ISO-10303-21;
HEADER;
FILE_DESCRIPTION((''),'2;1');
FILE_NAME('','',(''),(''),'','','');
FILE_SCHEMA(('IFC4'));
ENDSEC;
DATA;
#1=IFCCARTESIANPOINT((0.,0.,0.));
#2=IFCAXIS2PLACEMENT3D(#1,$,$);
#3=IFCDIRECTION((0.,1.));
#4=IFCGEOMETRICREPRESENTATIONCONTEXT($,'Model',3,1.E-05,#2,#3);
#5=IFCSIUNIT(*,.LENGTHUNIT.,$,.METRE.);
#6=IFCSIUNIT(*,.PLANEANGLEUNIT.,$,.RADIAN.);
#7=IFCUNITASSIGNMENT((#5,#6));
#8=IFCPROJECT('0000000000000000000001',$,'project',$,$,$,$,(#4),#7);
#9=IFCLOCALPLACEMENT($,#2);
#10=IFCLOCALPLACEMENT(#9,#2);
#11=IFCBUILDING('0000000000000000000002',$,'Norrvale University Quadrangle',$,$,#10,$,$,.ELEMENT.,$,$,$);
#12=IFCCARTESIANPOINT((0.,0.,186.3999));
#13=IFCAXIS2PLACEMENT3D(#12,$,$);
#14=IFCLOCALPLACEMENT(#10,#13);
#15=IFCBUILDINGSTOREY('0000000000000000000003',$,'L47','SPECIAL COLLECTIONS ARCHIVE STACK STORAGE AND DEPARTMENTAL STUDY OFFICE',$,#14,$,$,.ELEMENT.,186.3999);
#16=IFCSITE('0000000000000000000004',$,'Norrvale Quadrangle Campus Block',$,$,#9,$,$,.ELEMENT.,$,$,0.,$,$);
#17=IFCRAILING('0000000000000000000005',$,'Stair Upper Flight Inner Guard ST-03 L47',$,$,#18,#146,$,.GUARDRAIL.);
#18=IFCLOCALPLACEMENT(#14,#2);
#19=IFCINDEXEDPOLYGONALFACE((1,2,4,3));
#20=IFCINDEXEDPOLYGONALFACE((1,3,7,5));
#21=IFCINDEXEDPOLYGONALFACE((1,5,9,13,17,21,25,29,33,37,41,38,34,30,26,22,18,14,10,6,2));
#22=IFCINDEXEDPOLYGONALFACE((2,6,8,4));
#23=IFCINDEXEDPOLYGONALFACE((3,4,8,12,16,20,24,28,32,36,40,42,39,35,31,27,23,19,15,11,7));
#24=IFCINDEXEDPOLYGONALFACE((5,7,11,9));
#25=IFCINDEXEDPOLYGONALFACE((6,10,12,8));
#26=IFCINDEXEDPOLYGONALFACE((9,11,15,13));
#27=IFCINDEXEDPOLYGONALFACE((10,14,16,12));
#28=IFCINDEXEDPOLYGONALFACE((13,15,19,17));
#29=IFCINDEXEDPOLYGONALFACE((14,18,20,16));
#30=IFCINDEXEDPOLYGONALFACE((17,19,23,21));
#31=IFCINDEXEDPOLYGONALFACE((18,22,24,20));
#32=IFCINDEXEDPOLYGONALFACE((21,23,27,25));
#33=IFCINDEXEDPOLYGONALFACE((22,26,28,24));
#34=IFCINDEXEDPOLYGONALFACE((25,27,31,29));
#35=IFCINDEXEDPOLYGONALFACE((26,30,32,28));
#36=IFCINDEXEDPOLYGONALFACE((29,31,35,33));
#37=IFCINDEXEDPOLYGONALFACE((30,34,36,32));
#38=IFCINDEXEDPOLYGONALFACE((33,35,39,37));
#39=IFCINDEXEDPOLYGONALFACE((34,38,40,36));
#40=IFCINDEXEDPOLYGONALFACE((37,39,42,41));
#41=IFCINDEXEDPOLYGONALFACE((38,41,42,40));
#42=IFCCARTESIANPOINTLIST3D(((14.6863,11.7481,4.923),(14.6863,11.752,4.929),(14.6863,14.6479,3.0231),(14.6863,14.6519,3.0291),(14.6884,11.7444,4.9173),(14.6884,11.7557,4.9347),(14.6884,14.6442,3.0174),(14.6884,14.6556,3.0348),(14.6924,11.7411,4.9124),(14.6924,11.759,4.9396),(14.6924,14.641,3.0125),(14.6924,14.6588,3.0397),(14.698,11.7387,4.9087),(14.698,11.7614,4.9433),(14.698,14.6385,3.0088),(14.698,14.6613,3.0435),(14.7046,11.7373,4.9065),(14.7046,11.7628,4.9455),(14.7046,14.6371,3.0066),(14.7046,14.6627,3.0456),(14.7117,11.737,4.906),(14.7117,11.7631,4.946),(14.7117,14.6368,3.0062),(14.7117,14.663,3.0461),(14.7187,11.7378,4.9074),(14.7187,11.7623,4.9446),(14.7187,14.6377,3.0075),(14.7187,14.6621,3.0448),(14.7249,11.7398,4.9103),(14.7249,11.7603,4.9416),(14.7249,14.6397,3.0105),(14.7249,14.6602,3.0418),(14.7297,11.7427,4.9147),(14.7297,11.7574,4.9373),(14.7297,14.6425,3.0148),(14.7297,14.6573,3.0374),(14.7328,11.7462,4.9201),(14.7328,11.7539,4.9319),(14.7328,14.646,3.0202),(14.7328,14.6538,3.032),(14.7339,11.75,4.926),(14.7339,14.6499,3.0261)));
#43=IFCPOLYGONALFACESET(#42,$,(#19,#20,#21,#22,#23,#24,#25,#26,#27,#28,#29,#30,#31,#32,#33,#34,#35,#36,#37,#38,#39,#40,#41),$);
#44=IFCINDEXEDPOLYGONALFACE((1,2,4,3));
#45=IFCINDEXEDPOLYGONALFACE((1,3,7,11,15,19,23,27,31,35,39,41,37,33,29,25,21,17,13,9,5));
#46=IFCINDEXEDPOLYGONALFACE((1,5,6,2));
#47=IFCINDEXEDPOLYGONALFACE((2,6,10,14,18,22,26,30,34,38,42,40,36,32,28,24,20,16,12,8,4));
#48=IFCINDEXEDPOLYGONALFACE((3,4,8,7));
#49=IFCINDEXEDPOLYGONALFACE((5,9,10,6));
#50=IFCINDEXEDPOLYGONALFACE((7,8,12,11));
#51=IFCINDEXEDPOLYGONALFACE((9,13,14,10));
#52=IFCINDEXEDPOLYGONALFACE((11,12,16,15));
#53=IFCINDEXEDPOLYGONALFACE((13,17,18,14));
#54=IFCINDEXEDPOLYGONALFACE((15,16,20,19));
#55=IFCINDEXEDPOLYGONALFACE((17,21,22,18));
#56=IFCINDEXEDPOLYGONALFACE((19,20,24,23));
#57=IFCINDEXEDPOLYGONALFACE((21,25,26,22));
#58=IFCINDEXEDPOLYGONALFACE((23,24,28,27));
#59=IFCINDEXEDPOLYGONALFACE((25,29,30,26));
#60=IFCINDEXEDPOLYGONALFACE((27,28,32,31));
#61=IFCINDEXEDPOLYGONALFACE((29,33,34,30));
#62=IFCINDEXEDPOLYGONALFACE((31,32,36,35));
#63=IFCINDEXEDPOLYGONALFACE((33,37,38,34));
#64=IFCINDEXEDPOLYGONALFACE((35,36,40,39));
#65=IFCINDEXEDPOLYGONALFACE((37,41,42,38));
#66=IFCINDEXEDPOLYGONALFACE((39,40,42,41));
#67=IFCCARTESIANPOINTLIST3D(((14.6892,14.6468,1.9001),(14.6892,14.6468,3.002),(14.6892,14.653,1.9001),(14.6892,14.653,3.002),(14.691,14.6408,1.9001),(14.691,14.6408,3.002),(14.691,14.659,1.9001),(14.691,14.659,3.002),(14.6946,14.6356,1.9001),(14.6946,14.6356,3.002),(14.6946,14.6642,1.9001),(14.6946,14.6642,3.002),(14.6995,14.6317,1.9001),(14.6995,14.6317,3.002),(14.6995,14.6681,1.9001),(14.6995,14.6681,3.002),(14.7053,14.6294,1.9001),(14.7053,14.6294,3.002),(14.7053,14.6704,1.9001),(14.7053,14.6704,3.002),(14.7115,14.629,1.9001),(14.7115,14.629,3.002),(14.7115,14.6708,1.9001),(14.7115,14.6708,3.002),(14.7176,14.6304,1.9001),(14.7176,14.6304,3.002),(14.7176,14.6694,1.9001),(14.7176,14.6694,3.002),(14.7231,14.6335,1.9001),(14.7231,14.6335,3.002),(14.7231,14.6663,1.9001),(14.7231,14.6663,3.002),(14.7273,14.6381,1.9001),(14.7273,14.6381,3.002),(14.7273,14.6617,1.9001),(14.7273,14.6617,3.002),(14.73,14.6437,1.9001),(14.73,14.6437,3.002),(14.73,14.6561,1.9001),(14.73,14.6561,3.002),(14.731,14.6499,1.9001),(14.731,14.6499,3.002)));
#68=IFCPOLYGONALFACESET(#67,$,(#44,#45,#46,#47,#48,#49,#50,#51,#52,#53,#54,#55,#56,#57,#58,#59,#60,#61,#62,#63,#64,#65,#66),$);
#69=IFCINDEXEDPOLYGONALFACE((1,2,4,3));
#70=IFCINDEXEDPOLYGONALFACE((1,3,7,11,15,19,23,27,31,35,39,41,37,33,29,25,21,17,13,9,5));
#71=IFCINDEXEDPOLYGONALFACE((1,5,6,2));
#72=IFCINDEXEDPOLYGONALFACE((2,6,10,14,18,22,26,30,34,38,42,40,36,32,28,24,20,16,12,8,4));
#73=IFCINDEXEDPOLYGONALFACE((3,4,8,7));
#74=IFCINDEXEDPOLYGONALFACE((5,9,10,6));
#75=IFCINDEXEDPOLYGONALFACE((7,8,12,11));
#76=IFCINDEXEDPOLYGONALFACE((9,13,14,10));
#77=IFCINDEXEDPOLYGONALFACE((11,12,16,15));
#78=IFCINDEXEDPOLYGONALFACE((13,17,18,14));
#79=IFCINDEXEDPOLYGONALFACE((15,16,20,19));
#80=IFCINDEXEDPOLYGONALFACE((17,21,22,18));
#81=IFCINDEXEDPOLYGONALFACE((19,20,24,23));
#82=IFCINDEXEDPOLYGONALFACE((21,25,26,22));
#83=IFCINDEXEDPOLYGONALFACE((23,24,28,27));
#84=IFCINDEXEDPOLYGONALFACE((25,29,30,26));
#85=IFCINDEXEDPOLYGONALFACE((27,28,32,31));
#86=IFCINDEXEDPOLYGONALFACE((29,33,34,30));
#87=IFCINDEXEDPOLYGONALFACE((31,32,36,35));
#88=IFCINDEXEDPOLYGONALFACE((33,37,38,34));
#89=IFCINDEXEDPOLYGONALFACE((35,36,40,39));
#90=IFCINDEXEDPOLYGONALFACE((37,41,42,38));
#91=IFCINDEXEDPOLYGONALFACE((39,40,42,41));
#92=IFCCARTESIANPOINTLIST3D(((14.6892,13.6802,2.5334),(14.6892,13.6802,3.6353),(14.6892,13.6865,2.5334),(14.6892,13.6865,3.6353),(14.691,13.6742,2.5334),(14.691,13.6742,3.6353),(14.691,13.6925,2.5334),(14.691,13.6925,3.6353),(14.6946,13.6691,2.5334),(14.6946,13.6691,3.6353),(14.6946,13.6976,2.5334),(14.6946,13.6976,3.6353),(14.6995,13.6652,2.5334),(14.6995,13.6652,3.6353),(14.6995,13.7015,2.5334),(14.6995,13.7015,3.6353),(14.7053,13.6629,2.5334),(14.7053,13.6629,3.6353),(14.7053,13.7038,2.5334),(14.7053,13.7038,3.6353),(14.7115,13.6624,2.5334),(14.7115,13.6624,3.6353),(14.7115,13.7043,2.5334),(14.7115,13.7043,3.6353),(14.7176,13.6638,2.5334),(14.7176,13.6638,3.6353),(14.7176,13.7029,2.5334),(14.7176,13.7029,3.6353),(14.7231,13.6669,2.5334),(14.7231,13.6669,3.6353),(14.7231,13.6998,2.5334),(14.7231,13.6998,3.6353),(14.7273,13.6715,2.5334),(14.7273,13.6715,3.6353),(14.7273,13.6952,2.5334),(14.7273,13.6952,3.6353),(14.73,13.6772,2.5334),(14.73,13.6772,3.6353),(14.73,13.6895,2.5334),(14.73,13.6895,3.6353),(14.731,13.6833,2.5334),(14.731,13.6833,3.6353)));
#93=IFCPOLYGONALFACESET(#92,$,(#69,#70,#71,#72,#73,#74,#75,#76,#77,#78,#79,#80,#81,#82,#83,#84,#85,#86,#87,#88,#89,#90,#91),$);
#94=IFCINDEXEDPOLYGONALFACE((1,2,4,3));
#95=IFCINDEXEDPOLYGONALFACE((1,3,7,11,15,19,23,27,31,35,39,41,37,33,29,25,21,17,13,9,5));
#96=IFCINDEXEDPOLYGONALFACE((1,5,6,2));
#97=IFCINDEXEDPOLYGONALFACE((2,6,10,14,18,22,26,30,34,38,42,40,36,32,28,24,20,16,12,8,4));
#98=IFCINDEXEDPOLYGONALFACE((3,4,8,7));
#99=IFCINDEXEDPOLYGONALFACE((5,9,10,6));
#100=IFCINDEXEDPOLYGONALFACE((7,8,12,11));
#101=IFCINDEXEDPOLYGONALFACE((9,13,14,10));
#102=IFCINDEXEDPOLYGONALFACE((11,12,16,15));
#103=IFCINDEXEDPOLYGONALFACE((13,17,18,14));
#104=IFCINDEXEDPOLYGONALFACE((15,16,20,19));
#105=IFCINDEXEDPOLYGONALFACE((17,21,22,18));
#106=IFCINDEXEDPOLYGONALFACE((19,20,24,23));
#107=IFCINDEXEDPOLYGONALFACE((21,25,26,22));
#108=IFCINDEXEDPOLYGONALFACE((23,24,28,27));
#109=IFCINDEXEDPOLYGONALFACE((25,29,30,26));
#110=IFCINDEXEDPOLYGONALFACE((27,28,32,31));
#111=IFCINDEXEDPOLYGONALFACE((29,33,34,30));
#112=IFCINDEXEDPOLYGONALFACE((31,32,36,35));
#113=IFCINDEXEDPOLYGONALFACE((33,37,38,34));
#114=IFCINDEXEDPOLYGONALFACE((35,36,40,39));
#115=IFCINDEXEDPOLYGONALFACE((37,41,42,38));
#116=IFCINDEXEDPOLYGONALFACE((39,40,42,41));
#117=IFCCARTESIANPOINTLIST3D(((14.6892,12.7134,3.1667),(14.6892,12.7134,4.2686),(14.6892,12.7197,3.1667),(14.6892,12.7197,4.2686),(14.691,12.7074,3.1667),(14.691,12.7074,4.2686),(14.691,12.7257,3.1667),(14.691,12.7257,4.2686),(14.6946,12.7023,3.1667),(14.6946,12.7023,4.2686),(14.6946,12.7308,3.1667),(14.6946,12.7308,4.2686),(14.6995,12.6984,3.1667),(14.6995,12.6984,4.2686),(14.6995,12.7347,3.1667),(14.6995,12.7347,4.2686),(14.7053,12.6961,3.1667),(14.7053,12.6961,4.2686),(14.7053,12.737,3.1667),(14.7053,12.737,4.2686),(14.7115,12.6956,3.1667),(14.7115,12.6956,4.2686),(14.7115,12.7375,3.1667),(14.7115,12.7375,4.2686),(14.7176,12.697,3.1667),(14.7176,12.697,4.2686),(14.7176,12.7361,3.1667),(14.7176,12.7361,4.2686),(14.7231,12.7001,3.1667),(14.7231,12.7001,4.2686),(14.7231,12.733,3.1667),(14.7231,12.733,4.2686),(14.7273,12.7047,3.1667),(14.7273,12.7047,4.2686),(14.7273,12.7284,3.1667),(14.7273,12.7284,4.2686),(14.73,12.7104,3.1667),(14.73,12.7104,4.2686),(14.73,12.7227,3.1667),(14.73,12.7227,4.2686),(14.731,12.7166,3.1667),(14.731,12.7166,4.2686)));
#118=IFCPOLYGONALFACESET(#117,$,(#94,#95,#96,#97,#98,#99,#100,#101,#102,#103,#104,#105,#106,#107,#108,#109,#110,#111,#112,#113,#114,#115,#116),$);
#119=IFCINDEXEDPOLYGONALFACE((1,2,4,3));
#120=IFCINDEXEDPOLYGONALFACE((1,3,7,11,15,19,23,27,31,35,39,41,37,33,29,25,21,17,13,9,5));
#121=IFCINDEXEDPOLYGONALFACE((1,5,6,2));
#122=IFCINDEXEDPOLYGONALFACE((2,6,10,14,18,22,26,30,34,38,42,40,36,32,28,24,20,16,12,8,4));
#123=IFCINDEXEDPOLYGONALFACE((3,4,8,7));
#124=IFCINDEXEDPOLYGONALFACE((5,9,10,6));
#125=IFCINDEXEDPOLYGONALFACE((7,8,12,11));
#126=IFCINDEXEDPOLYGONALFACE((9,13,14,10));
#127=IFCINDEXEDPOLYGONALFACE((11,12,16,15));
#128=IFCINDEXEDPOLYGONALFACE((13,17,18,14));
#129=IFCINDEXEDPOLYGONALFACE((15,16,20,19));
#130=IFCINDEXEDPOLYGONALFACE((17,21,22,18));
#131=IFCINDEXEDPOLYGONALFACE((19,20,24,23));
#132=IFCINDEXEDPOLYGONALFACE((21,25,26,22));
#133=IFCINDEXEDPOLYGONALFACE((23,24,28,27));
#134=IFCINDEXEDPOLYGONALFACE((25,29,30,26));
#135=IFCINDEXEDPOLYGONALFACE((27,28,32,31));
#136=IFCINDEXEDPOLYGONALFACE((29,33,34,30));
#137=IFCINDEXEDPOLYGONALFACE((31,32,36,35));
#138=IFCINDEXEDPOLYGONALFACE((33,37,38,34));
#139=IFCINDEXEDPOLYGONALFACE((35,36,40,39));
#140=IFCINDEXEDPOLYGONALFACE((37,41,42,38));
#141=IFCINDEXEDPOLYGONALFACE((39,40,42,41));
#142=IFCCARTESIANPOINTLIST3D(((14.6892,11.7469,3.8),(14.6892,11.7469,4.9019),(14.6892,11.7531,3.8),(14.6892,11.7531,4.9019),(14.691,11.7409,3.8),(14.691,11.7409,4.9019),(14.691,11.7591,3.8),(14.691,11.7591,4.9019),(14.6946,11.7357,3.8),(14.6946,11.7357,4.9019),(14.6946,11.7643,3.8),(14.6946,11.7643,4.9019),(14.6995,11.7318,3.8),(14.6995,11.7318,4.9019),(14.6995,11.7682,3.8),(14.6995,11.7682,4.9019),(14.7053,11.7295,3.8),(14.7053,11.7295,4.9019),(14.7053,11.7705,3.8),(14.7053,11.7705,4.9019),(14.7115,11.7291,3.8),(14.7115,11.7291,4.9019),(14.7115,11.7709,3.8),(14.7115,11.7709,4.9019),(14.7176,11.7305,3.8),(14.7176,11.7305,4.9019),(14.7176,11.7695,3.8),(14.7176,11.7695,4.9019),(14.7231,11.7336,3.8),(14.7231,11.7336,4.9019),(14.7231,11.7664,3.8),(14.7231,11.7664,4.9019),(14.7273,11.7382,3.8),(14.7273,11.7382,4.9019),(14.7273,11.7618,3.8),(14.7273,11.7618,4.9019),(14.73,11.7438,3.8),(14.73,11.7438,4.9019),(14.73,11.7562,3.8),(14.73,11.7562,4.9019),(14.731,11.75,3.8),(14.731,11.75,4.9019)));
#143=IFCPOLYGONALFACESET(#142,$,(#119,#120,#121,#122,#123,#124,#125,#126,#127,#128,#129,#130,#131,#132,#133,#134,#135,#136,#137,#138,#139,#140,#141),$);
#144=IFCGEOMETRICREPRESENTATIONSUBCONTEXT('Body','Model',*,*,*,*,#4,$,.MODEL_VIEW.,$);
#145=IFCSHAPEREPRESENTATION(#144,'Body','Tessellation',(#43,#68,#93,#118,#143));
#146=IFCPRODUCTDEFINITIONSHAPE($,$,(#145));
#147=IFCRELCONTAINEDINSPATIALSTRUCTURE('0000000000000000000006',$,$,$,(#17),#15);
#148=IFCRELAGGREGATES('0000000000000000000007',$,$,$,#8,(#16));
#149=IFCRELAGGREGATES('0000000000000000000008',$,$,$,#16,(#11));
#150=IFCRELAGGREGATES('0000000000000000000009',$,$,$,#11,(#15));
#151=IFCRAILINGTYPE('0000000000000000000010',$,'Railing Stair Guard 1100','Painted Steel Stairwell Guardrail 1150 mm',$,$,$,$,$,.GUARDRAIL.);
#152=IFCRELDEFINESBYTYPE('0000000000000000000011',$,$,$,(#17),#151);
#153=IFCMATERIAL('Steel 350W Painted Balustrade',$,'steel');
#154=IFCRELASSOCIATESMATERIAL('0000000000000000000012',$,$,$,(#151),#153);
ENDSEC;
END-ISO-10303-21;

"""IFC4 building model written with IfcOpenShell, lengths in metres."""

from ifc_helpers import new_model, si_unit, direction, frame, origin, origin_2d, place, context, subcontext, project, spatial, circle, extrude, material, type_object, element, save


model = new_model("IFC4")

# Units and contexts
model_context = context("Model", 3, precision=1e-05, world=origin(), true_north=direction((0.0, 1.0)))
body_context = subcontext(model_context, "Body", "Model", "MODEL_VIEW")
ifc_project = project(units=[si_unit("LENGTHUNIT", "METRE"), si_unit("PLANEANGLEUNIT", "RADIAN")], contexts=[model_context])

# Site, building, storey
site_placement = place(None, origin())
site = spatial("IfcSite", under=ifc_project, at=site_placement, Name="Norrvale Quadrangle Campus Block", CompositionType="ELEMENT", RefElevation=0.0)
building_placement = place(site_placement, origin())
building = spatial("IfcBuilding", under=site, at=building_placement, Name="Norrvale University Quadrangle", CompositionType="ELEMENT")
storey_placement = place(building_placement, frame((0.0, 0.0, 186.3999)))
storey = spatial("IfcBuildingStorey", under=building, at=storey_placement, Name="L47", Description="SPECIAL COLLECTIONS ARCHIVE STACK STORAGE AND DEPARTMENTAL STUDY OFFICE", CompositionType="ELEMENT", Elevation=186.3999)

# Railing
ifc_material_1 = material(Name="Steel 350W Painted Balustrade", Category="steel")
railing_type_1 = type_object("IfcRailingType", Name="Railing Stair Guard 1100", Description="Painted Steel Stairwell Guardrail 1150 mm", PredefinedType="GUARDRAIL", material=ifc_material_1)
railing_1_placement = place(storey_placement, frame((14.71, 14.6499, 1.9001)))
element("IfcRailing", 1, at=railing_1_placement, inside=storey, type_object=railing_type_1, Name="Stair Upper Flight Inner Guard ST-03 L47", PredefinedType="GUARDRAIL", context=body_context, shape_type="SweptSolid", body=[
    extrude(circle(Radius=0.0239, at=origin_2d()), frame((0.0, 0.0, 1.126), z_axis=(0.0, -0.836466, 0.548019), x_axis=(1.0, 0.0, 0.0)), (0.0, 0.0, 1.0), 3.4668),
    extrude(circle(Radius=0.021, at=origin_2d()), origin(), (0.0, 0.0, 1.0), 1.1018),
    extrude(circle(Radius=0.021, at=origin_2d()), frame((0.0, -0.9666, 0.6333)), (0.0, 0.0, 1.0), 1.1018),
    extrude(circle(Radius=0.021, at=origin_2d()), frame((0.0, -1.9333, 1.2666)), (0.0, 0.0, 1.0), 1.1018),
    extrude(circle(Radius=0.021, at=origin_2d()), frame((0.0, -2.8999, 1.8999)), (0.0, 0.0, 1.0), 1.1018),
])

save(model, "model.ifc")
